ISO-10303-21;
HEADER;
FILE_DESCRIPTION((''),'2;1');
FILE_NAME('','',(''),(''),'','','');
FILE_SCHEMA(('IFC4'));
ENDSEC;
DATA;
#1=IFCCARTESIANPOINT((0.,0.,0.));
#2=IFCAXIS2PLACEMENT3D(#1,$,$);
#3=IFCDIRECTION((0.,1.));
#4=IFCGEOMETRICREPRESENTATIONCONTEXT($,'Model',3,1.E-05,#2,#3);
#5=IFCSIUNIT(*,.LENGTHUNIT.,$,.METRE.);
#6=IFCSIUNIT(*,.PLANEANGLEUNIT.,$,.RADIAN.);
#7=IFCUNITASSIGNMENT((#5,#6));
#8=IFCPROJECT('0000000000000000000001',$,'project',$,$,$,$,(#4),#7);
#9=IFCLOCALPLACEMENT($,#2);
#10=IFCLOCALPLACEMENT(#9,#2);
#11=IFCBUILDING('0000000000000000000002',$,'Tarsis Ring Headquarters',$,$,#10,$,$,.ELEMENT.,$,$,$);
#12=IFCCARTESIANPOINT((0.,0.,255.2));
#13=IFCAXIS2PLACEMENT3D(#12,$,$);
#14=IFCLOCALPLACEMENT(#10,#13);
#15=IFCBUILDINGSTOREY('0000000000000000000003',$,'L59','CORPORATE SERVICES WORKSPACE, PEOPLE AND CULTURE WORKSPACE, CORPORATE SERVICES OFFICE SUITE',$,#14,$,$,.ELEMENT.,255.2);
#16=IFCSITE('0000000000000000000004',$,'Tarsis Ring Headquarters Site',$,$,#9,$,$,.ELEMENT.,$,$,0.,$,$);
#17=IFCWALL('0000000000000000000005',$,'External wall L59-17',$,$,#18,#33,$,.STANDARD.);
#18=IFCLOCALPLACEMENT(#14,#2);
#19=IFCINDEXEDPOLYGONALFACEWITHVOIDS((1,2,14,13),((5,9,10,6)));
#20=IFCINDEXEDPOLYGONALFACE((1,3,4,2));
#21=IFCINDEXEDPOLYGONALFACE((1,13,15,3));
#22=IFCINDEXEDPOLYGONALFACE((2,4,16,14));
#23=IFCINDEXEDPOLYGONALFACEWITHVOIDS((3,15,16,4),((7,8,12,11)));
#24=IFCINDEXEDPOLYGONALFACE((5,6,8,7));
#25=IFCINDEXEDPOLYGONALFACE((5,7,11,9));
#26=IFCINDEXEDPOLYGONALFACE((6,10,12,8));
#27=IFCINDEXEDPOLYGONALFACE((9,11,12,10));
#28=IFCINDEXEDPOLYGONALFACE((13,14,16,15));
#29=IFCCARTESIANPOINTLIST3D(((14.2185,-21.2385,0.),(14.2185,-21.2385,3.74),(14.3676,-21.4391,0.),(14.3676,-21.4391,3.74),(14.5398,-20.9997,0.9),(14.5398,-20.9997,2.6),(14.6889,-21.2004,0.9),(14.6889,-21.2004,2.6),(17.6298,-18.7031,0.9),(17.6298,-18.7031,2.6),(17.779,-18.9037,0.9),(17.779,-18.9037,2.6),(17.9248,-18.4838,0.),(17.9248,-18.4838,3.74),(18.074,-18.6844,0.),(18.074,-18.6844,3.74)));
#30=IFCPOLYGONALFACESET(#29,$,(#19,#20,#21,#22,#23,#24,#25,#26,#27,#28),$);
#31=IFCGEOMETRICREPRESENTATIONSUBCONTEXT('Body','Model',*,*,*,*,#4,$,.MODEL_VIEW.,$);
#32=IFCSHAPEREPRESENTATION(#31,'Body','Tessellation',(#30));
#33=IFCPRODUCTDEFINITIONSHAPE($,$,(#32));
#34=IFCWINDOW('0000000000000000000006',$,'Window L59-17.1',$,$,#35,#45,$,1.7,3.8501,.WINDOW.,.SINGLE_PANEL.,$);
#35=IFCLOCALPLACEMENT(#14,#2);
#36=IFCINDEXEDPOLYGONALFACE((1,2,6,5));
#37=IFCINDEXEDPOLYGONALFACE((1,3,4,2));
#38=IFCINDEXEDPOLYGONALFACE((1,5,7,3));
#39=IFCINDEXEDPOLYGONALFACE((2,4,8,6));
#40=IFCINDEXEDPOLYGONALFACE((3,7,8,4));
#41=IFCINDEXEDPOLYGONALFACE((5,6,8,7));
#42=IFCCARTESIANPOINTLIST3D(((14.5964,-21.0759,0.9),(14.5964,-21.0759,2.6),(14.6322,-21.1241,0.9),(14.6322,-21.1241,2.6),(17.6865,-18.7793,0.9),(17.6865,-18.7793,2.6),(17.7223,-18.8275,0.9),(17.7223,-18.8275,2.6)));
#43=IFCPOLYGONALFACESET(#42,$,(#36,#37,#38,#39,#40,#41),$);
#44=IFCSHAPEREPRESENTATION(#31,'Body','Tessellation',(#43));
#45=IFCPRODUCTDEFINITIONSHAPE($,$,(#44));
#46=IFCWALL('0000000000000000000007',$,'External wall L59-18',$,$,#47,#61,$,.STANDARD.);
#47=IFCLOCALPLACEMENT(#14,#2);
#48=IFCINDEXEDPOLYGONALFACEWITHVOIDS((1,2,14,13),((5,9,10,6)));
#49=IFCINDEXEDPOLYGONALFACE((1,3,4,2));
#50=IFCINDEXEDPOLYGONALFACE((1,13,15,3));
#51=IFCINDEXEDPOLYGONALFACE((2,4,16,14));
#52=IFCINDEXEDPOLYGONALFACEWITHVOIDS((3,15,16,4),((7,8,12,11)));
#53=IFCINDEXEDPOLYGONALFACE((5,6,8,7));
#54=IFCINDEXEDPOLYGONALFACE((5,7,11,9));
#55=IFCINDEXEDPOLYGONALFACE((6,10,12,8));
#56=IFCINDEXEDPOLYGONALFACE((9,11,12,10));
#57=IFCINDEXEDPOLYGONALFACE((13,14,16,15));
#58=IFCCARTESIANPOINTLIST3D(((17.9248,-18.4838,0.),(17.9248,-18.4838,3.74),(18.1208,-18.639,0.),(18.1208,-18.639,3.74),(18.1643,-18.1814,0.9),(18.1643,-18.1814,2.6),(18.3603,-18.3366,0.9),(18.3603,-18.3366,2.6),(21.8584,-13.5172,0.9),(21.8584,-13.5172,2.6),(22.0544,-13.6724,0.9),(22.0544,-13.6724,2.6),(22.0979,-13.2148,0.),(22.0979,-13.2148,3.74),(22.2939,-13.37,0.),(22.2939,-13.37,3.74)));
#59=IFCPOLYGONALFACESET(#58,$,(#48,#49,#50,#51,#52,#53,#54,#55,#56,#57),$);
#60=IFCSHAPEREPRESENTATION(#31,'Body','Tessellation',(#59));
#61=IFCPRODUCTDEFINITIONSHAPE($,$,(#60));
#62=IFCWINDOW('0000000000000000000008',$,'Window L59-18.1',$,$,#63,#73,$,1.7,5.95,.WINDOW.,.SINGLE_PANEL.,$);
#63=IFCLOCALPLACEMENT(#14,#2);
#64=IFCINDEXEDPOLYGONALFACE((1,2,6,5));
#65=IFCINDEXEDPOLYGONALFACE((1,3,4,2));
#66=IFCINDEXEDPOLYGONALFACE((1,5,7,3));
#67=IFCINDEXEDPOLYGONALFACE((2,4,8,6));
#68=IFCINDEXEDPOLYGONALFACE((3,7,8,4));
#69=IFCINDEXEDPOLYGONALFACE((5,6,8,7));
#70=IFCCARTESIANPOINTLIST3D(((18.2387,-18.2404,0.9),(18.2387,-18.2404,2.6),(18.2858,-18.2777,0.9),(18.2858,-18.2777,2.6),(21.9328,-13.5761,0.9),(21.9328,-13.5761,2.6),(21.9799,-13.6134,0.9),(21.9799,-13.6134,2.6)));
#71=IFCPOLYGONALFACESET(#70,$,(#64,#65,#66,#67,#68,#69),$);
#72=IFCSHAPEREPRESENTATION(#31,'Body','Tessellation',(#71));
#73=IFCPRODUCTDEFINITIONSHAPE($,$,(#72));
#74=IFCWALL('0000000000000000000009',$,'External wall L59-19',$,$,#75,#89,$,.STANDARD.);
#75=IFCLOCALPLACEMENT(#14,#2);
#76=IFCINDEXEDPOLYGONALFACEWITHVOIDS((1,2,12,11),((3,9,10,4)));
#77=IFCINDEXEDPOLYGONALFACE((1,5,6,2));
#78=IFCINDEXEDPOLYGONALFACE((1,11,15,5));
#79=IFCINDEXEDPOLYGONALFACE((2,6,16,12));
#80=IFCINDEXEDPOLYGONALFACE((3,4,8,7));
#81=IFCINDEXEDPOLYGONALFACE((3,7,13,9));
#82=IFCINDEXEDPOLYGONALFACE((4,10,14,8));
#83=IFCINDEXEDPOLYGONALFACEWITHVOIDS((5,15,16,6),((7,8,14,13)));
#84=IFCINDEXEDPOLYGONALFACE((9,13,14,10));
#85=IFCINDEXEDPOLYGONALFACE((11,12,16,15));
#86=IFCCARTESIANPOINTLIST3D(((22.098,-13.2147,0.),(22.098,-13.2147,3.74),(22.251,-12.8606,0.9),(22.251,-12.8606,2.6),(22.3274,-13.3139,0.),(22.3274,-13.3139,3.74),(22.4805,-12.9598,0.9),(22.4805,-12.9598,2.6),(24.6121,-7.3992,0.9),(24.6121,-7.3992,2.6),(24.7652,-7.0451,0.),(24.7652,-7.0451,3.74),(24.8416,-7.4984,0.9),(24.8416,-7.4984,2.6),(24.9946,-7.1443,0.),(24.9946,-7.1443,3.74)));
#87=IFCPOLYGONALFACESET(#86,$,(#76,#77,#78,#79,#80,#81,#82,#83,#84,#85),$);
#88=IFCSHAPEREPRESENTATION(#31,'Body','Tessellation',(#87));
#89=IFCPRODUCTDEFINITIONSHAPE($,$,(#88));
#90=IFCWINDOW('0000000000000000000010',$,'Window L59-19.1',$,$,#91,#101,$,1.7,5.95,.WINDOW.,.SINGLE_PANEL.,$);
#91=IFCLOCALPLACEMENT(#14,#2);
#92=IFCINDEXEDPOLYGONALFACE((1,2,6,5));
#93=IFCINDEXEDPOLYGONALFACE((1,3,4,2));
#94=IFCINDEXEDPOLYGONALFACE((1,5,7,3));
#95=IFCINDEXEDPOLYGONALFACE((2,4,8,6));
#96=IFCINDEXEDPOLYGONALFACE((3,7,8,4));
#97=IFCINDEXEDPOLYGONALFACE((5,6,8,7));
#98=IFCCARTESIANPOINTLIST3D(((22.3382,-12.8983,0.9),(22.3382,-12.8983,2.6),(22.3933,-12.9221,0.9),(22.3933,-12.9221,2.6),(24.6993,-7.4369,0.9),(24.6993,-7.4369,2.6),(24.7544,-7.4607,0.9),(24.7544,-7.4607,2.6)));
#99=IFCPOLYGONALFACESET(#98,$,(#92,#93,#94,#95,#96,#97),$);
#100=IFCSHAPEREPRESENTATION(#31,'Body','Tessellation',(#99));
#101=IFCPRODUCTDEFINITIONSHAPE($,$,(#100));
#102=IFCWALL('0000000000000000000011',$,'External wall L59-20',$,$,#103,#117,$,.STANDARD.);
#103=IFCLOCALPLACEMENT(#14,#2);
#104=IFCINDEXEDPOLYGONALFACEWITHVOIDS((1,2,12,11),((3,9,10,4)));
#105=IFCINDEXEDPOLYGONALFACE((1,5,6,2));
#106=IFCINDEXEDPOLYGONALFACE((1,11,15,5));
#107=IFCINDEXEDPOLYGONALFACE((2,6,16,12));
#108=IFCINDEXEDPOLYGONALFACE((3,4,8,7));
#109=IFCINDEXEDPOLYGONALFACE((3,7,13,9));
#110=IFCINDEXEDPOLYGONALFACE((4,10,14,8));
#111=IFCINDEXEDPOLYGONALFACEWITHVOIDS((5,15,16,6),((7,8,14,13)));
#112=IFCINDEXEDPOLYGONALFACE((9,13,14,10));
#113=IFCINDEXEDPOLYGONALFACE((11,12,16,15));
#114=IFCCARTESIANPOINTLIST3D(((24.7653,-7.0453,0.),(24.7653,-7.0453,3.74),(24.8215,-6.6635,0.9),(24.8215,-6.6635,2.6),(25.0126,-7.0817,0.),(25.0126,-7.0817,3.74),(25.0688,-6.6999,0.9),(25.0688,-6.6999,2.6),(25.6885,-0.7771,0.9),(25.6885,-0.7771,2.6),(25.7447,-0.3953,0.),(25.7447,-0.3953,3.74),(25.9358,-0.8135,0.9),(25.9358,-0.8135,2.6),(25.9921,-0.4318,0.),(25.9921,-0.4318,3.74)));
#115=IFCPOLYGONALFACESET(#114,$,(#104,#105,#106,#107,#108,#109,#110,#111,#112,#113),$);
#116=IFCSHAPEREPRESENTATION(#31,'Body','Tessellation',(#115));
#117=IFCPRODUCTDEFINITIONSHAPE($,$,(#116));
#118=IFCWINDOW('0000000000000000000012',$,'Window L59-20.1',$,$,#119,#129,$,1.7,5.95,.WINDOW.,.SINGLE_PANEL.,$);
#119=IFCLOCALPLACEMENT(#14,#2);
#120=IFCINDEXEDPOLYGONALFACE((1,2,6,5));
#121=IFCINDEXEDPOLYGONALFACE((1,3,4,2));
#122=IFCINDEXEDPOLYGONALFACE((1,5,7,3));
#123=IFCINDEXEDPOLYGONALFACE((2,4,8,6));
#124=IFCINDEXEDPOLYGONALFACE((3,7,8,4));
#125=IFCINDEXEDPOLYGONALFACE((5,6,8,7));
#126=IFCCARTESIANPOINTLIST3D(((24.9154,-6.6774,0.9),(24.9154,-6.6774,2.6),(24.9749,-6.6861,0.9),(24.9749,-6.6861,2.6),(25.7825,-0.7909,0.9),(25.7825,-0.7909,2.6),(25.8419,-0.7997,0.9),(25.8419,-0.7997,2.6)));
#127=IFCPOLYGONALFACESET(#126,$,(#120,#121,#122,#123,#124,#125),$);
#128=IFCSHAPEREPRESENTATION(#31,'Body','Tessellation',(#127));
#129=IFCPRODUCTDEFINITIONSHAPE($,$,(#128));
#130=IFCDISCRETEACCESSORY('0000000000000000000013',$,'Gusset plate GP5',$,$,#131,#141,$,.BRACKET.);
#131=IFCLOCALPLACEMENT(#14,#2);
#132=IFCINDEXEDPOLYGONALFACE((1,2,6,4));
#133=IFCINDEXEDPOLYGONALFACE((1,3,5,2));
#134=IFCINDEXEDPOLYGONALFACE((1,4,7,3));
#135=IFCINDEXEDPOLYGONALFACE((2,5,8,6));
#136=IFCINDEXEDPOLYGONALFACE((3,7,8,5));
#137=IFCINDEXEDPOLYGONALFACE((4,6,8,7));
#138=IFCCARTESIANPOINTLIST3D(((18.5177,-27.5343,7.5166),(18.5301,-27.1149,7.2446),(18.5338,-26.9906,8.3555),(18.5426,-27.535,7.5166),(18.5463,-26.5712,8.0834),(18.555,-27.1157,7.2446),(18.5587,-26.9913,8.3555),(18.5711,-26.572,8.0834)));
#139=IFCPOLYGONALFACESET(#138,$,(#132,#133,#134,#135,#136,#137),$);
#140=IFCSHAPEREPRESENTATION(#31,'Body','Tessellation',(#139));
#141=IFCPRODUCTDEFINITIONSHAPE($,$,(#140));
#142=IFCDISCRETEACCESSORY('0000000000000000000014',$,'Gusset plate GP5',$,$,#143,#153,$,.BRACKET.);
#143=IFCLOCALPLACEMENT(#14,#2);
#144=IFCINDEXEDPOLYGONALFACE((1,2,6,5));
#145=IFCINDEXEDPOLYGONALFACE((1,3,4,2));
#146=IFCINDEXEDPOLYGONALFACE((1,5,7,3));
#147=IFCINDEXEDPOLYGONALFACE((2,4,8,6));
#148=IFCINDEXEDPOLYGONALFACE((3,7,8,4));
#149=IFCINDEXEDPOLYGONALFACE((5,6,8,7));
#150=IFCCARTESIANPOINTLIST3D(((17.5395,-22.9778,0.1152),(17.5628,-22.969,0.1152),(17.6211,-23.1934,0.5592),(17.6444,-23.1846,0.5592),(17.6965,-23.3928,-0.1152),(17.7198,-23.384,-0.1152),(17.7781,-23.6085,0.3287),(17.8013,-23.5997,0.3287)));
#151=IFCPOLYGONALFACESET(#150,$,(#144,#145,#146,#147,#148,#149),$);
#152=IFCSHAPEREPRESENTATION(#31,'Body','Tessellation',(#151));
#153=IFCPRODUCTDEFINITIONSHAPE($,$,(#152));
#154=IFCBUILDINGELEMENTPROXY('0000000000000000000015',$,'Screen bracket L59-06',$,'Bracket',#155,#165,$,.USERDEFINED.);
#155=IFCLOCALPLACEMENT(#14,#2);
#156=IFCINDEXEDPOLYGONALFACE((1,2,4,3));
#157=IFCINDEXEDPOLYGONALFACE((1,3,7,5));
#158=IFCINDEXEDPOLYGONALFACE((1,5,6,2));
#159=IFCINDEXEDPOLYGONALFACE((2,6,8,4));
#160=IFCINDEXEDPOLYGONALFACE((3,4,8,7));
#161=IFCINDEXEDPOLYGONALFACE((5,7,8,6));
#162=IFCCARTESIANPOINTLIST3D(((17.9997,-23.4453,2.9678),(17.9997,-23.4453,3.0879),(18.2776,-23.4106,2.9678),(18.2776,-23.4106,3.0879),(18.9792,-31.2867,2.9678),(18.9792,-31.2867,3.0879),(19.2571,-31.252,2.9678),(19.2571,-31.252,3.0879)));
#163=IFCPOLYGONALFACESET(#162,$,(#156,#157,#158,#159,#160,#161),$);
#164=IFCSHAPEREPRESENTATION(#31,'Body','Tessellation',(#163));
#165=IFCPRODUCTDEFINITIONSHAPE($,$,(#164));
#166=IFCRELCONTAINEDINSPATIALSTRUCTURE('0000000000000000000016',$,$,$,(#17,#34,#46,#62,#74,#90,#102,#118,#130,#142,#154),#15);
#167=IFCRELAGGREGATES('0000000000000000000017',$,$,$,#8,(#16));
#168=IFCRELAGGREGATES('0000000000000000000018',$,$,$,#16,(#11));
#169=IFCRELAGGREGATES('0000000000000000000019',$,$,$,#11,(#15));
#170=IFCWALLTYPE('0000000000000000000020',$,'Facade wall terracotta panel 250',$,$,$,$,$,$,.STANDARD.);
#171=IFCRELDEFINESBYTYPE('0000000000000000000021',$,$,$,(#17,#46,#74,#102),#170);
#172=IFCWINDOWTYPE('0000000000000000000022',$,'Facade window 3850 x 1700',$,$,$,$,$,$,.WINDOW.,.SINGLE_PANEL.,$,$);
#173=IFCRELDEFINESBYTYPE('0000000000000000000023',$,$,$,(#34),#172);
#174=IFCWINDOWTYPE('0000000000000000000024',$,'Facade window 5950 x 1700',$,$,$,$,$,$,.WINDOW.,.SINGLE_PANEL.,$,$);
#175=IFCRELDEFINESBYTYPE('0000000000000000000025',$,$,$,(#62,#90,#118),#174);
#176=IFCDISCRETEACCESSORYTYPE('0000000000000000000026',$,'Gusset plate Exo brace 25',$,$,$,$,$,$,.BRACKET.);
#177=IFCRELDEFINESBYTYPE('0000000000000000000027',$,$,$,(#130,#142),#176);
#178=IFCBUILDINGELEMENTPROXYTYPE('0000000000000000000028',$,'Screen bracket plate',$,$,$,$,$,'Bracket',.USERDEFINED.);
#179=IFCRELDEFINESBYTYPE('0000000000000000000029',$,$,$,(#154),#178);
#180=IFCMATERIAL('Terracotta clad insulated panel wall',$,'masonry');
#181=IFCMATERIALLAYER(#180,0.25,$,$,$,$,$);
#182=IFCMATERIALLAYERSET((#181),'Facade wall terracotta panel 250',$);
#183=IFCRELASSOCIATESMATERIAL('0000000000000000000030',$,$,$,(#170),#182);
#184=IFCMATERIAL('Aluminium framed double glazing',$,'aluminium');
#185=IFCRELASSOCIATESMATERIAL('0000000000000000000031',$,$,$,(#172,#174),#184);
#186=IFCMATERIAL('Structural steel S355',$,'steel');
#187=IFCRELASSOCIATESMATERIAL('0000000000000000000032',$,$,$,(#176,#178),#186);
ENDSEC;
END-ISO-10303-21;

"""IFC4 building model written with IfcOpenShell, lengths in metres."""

from ifc_helpers import new_model, si_unit, direction, frame, frame_2d, origin, origin_2d, place, context, subcontext, project, spatial, rectangle, extrude, material, layer, layer_set, material_profile, profile_set, type_object, element, fill, save


model = new_model("IFC4")

# Units and contexts
model_context = context("Model", 3, precision=1e-05, world=origin(), true_north=direction((0.0, 1.0)))
body_context = subcontext(model_context, "Body", "Model", "MODEL_VIEW")
ifc_project = project(units=[si_unit("LENGTHUNIT", "METRE"), si_unit("PLANEANGLEUNIT", "RADIAN")], contexts=[model_context])

# Site, building, storey
site_placement = place(None, origin())
site = spatial("IfcSite", under=ifc_project, at=site_placement, Name="Tarsis Ring Headquarters Site", CompositionType="ELEMENT", RefElevation=0.0)
building_placement = place(site_placement, origin())
building = spatial("IfcBuilding", under=site, at=building_placement, Name="Tarsis Ring Headquarters", CompositionType="ELEMENT")
storey_placement = place(building_placement, frame((0.0, 0.0, 255.2)))
storey = spatial("IfcBuildingStorey", under=building, at=storey_placement, Name="L59", Description="CORPORATE SERVICES WORKSPACE, PEOPLE AND CULTURE WORKSPACE, CORPORATE SERVICES OFFICE SUITE", CompositionType="ELEMENT", Elevation=255.2)

# Shared definitions
ifc_material_1 = material(Name="Structural steel S355", Category="steel")

# Walls, openings, windows
ifc_material_2 = material(Name="Terracotta clad insulated panel wall", Category="masonry")
ifc_layer_1 = layer(ifc_material_2, 0.25)
ifc_layer_set_1 = layer_set([ifc_layer_1], Name="Facade wall terracotta panel 250")
wall_type_1 = type_object("IfcWallType", Name="Facade wall terracotta panel 250", PredefinedType="STANDARD", material=ifc_layer_set_1)
wall_1_placement = place(storey_placement, frame((14.293, -21.3389, 0.0), z_axis=(0.0, 0.0, 1.0), x_axis=(0.8026, 0.596518, 0.0)))
wall_1 = element("IfcWall", 1, at=wall_1_placement, inside=storey, type_object=wall_type_1, Name="External wall L59-17", PredefinedType="STANDARD", context=body_context, shape_type="SweptSolid", body=[
    extrude(rectangle(XDim=4.6179, YDim=0.25, at=frame_2d((2.3091, 0.0))), origin(), (0.0, 0.0, 1.0), 3.74),
])
opening_1_placement = place(wall_1_placement, frame((0.4004, 0.0, 0.8999)))
opening_1 = element("IfcOpeningElement", 2, at=opening_1_placement, cuts=wall_1, PredefinedType="OPENING", context=body_context, shape_type="SweptSolid", body=[
    extrude(rectangle(XDim=3.8501, YDim=1.7, at=frame_2d((1.925, 0.8501))), frame((0.0, 0.135, 0.0), z_axis=(0.0, -1.0, 0.0), x_axis=(1.0, 0.0, 0.0)), (0.0, 0.0, 1.0), 0.27),
])
ifc_material_3 = material(Name="Aluminium framed double glazing", Category="aluminium")
window_type_1 = type_object("IfcWindowType", Name="Facade window 3850 x 1700", PartitioningType="SINGLE_PANEL", PredefinedType="WINDOW", material=ifc_material_3)
window_1_placement = place(opening_1_placement, origin())
window_1 = element("IfcWindow", 3, at=window_1_placement, inside=storey, type_object=window_type_1, Name="Window L59-17.1", OverallHeight=1.7, OverallWidth=3.8501, PartitioningType="SINGLE_PANEL", PredefinedType="WINDOW", context=body_context, shape_type="SweptSolid", body=[
    extrude(rectangle(XDim=3.8501, YDim=1.7, at=frame_2d((1.925, 0.8501))), frame((0.0, 0.03, 0.0), z_axis=(0.0, -1.0, 0.0), x_axis=(1.0, 0.0, 0.0)), (0.0, 0.0, 1.0), 0.0601),
])
fill(opening_1, window_1)
wall_2_placement = place(storey_placement, frame((18.0227, -18.5615, 0.0), z_axis=(0.0, 0.0, 1.0), x_axis=(0.620865, 0.783918, 0.0)))
wall_2 = element("IfcWall", 4, at=wall_2_placement, inside=storey, type_object=wall_type_1, Name="External wall L59-18", PredefinedType="STANDARD", context=body_context, shape_type="SweptSolid", body=[
    extrude(rectangle(XDim=6.7214, YDim=0.25, at=frame_2d((3.3608, 0.0))), origin(), (0.0, 0.0, 1.0), 3.74),
])
opening_2_placement = place(wall_2_placement, frame((0.3857, 0.0, 0.8999)))
opening_2 = element("IfcOpeningElement", 5, at=opening_2_placement, cuts=wall_2, PredefinedType="OPENING", context=body_context, shape_type="SweptSolid", body=[
    extrude(rectangle(XDim=5.95, YDim=1.7, at=frame_2d((2.9751, 0.8501))), frame((0.0, 0.135, 0.0), z_axis=(0.0, -1.0, 0.0), x_axis=(1.0, 0.0, 0.0)), (0.0, 0.0, 1.0), 0.27),
])
window_type_2 = type_object("IfcWindowType", Name="Facade window 5950 x 1700", PartitioningType="SINGLE_PANEL", PredefinedType="WINDOW", material=ifc_material_3)
window_2_placement = place(opening_2_placement, origin())
window_2 = element("IfcWindow", 6, at=window_2_placement, inside=storey, type_object=window_type_2, Name="Window L59-18.1", OverallHeight=1.7, OverallWidth=5.95, PartitioningType="SINGLE_PANEL", PredefinedType="WINDOW", context=body_context, shape_type="SweptSolid", body=[
    extrude(rectangle(XDim=5.95, YDim=1.7, at=frame_2d((2.9751, 0.8501))), frame((0.0, 0.03, 0.0), z_axis=(0.0, -1.0, 0.0), x_axis=(1.0, 0.0, 0.0)), (0.0, 0.0, 1.0), 0.0601),
])
fill(opening_2, window_2)
wall_3_placement = place(storey_placement, frame((22.2126, -13.2644, 0.0), z_axis=(0.0, 0.0, 1.0), x_axis=(0.396819, 0.917897, 0.0)))
wall_3 = element("IfcWall", 7, at=wall_3_placement, inside=storey, type_object=wall_type_1, Name="External wall L59-19", PredefinedType="STANDARD", context=body_context, shape_type="SweptSolid", body=[
    extrude(rectangle(XDim=6.7214, YDim=0.25, at=frame_2d((3.3608, 0.0))), origin(), (0.0, 0.0, 1.0), 3.74),
])
opening_3_placement = place(wall_3_placement, frame((0.3857, 0.0, 0.8999)))
opening_3 = element("IfcOpeningElement", 8, at=opening_3_placement, cuts=wall_3, PredefinedType="OPENING", context=body_context, shape_type="SweptSolid", body=[
    extrude(rectangle(XDim=5.95, YDim=1.7, at=frame_2d((2.9751, 0.8501))), frame((0.0, 0.135, 0.0), z_axis=(0.0, -1.0, 0.0), x_axis=(1.0, 0.0, 0.0)), (0.0, 0.0, 1.0), 0.27),
])
window_3_placement = place(opening_3_placement, origin())
window_3 = element("IfcWindow", 9, at=window_3_placement, inside=storey, type_object=window_type_2, Name="Window L59-19.1", OverallHeight=1.7, OverallWidth=5.95, PartitioningType="SINGLE_PANEL", PredefinedType="WINDOW", context=body_context, shape_type="SweptSolid", body=[
    extrude(rectangle(XDim=5.95, YDim=1.7, at=frame_2d((2.9751, 0.8501))), frame((0.0, 0.03, 0.0), z_axis=(0.0, -1.0, 0.0), x_axis=(1.0, 0.0, 0.0)), (0.0, 0.0, 1.0), 0.0601),
])
fill(opening_3, window_3)
wall_4_placement = place(storey_placement, frame((24.8889, -7.0635, 0.0), z_axis=(0.0, 0.0, 1.0), x_axis=(0.145722, 0.989326, 0.0)))
wall_4 = element("IfcWall", 10, at=wall_4_placement, inside=storey, type_object=wall_type_1, Name="External wall L59-20", PredefinedType="STANDARD", context=body_context, shape_type="SweptSolid", body=[
    extrude(rectangle(XDim=6.7217, YDim=0.25, at=frame_2d((3.3608, 0.0))), origin(), (0.0, 0.0, 1.0), 3.74),
])
opening_4_placement = place(wall_4_placement, frame((0.3857, 0.0, 0.8999)))
opening_4 = element("IfcOpeningElement", 11, at=opening_4_placement, cuts=wall_4, PredefinedType="OPENING", context=body_context, shape_type="SweptSolid", body=[
    extrude(rectangle(XDim=5.95, YDim=1.7, at=frame_2d((2.9751, 0.8501))), frame((0.0, 0.135, 0.0), z_axis=(0.0, -1.0, 0.0), x_axis=(1.0, 0.0, 0.0)), (0.0, 0.0, 1.0), 0.27),
])
window_4_placement = place(opening_4_placement, origin())
window_4 = element("IfcWindow", 12, at=window_4_placement, inside=storey, type_object=window_type_2, Name="Window L59-20.1", OverallHeight=1.7, OverallWidth=5.95, PartitioningType="SINGLE_PANEL", PredefinedType="WINDOW", context=body_context, shape_type="SweptSolid", body=[
    extrude(rectangle(XDim=5.95, YDim=1.7, at=frame_2d((2.9751, 0.8501))), frame((0.0, 0.03, 0.0), z_axis=(0.0, -1.0, 0.0), x_axis=(1.0, 0.0, 0.0)), (0.0, 0.0, 1.0), 0.0601),
])
fill(opening_4, window_4)

# Discrete accessories
ifc_material_profile_1 = material_profile(ifc_material_1, rectangle(XDim=0.0249, YDim=0.5, at=origin_2d()), Name="PL 25x500")
ifc_profile_set_1 = profile_set([ifc_material_profile_1], Name="Structural steel S355")
discrete_accessory_type = type_object("IfcDiscreteAccessoryType", Name="Gusset plate Exo brace 25", PredefinedType="BRACKET", material=ifc_profile_set_1)
discrete_accessory_1_placement = place(storey_placement, frame((18.5364, -27.325, 7.3806), z_axis=(0.016117, 0.543818, 0.839048), x_axis=(-0.999561, 0.029623, 0.0)))
element("IfcDiscreteAccessory", 13, at=discrete_accessory_1_placement, inside=storey, type_object=discrete_accessory_type, Name="Gusset plate GP5", PredefinedType="BRACKET", context=body_context, shape_type="SweptSolid", body=[
    extrude(rectangle(XDim=0.0249, YDim=0.5, at=origin_2d()), origin(), (0.0, 0.0, 1.0), 0.9998),
])
discrete_accessory_2_placement = place(storey_placement, frame((17.6296, -23.1809, 0.0), z_axis=(0.163046, -0.431046, 0.887477), x_axis=(0.935324, 0.353792, 0.0)))
element("IfcDiscreteAccessory", 14, at=discrete_accessory_2_placement, inside=storey, type_object=discrete_accessory_type, Name="Gusset plate GP5", PredefinedType="BRACKET", context=body_context, shape_type="SweptSolid", body=[
    extrude(rectangle(XDim=0.0249, YDim=0.5, at=origin_2d()), origin(), (0.0, 0.0, 1.0), 0.5002),
])

# Building element proxy
building_element_proxy_type = type_object("IfcBuildingElementProxyType", Name="Screen bracket plate", ElementType="Bracket", PredefinedType="USERDEFINED", material=ifc_material_1)
proxy_placement = place(storey_placement, frame((18.6284, -27.3486, 2.9678), z_axis=(0.0, 0.0, 1.0), x_axis=(-0.123948, 0.992289, 0.0)))
element("IfcBuildingElementProxy", 15, at=proxy_placement, inside=storey, type_object=building_element_proxy_type, Name="Screen bracket L59-06", ObjectType="Bracket", PredefinedType="USERDEFINED", context=body_context, shape_type="SweptSolid", body=[
    extrude(rectangle(XDim=7.9023, YDim=0.28, at=origin_2d()), origin(), (0.0, 0.0, 1.0), 0.1201),
])

save(model, "model.ifc")
